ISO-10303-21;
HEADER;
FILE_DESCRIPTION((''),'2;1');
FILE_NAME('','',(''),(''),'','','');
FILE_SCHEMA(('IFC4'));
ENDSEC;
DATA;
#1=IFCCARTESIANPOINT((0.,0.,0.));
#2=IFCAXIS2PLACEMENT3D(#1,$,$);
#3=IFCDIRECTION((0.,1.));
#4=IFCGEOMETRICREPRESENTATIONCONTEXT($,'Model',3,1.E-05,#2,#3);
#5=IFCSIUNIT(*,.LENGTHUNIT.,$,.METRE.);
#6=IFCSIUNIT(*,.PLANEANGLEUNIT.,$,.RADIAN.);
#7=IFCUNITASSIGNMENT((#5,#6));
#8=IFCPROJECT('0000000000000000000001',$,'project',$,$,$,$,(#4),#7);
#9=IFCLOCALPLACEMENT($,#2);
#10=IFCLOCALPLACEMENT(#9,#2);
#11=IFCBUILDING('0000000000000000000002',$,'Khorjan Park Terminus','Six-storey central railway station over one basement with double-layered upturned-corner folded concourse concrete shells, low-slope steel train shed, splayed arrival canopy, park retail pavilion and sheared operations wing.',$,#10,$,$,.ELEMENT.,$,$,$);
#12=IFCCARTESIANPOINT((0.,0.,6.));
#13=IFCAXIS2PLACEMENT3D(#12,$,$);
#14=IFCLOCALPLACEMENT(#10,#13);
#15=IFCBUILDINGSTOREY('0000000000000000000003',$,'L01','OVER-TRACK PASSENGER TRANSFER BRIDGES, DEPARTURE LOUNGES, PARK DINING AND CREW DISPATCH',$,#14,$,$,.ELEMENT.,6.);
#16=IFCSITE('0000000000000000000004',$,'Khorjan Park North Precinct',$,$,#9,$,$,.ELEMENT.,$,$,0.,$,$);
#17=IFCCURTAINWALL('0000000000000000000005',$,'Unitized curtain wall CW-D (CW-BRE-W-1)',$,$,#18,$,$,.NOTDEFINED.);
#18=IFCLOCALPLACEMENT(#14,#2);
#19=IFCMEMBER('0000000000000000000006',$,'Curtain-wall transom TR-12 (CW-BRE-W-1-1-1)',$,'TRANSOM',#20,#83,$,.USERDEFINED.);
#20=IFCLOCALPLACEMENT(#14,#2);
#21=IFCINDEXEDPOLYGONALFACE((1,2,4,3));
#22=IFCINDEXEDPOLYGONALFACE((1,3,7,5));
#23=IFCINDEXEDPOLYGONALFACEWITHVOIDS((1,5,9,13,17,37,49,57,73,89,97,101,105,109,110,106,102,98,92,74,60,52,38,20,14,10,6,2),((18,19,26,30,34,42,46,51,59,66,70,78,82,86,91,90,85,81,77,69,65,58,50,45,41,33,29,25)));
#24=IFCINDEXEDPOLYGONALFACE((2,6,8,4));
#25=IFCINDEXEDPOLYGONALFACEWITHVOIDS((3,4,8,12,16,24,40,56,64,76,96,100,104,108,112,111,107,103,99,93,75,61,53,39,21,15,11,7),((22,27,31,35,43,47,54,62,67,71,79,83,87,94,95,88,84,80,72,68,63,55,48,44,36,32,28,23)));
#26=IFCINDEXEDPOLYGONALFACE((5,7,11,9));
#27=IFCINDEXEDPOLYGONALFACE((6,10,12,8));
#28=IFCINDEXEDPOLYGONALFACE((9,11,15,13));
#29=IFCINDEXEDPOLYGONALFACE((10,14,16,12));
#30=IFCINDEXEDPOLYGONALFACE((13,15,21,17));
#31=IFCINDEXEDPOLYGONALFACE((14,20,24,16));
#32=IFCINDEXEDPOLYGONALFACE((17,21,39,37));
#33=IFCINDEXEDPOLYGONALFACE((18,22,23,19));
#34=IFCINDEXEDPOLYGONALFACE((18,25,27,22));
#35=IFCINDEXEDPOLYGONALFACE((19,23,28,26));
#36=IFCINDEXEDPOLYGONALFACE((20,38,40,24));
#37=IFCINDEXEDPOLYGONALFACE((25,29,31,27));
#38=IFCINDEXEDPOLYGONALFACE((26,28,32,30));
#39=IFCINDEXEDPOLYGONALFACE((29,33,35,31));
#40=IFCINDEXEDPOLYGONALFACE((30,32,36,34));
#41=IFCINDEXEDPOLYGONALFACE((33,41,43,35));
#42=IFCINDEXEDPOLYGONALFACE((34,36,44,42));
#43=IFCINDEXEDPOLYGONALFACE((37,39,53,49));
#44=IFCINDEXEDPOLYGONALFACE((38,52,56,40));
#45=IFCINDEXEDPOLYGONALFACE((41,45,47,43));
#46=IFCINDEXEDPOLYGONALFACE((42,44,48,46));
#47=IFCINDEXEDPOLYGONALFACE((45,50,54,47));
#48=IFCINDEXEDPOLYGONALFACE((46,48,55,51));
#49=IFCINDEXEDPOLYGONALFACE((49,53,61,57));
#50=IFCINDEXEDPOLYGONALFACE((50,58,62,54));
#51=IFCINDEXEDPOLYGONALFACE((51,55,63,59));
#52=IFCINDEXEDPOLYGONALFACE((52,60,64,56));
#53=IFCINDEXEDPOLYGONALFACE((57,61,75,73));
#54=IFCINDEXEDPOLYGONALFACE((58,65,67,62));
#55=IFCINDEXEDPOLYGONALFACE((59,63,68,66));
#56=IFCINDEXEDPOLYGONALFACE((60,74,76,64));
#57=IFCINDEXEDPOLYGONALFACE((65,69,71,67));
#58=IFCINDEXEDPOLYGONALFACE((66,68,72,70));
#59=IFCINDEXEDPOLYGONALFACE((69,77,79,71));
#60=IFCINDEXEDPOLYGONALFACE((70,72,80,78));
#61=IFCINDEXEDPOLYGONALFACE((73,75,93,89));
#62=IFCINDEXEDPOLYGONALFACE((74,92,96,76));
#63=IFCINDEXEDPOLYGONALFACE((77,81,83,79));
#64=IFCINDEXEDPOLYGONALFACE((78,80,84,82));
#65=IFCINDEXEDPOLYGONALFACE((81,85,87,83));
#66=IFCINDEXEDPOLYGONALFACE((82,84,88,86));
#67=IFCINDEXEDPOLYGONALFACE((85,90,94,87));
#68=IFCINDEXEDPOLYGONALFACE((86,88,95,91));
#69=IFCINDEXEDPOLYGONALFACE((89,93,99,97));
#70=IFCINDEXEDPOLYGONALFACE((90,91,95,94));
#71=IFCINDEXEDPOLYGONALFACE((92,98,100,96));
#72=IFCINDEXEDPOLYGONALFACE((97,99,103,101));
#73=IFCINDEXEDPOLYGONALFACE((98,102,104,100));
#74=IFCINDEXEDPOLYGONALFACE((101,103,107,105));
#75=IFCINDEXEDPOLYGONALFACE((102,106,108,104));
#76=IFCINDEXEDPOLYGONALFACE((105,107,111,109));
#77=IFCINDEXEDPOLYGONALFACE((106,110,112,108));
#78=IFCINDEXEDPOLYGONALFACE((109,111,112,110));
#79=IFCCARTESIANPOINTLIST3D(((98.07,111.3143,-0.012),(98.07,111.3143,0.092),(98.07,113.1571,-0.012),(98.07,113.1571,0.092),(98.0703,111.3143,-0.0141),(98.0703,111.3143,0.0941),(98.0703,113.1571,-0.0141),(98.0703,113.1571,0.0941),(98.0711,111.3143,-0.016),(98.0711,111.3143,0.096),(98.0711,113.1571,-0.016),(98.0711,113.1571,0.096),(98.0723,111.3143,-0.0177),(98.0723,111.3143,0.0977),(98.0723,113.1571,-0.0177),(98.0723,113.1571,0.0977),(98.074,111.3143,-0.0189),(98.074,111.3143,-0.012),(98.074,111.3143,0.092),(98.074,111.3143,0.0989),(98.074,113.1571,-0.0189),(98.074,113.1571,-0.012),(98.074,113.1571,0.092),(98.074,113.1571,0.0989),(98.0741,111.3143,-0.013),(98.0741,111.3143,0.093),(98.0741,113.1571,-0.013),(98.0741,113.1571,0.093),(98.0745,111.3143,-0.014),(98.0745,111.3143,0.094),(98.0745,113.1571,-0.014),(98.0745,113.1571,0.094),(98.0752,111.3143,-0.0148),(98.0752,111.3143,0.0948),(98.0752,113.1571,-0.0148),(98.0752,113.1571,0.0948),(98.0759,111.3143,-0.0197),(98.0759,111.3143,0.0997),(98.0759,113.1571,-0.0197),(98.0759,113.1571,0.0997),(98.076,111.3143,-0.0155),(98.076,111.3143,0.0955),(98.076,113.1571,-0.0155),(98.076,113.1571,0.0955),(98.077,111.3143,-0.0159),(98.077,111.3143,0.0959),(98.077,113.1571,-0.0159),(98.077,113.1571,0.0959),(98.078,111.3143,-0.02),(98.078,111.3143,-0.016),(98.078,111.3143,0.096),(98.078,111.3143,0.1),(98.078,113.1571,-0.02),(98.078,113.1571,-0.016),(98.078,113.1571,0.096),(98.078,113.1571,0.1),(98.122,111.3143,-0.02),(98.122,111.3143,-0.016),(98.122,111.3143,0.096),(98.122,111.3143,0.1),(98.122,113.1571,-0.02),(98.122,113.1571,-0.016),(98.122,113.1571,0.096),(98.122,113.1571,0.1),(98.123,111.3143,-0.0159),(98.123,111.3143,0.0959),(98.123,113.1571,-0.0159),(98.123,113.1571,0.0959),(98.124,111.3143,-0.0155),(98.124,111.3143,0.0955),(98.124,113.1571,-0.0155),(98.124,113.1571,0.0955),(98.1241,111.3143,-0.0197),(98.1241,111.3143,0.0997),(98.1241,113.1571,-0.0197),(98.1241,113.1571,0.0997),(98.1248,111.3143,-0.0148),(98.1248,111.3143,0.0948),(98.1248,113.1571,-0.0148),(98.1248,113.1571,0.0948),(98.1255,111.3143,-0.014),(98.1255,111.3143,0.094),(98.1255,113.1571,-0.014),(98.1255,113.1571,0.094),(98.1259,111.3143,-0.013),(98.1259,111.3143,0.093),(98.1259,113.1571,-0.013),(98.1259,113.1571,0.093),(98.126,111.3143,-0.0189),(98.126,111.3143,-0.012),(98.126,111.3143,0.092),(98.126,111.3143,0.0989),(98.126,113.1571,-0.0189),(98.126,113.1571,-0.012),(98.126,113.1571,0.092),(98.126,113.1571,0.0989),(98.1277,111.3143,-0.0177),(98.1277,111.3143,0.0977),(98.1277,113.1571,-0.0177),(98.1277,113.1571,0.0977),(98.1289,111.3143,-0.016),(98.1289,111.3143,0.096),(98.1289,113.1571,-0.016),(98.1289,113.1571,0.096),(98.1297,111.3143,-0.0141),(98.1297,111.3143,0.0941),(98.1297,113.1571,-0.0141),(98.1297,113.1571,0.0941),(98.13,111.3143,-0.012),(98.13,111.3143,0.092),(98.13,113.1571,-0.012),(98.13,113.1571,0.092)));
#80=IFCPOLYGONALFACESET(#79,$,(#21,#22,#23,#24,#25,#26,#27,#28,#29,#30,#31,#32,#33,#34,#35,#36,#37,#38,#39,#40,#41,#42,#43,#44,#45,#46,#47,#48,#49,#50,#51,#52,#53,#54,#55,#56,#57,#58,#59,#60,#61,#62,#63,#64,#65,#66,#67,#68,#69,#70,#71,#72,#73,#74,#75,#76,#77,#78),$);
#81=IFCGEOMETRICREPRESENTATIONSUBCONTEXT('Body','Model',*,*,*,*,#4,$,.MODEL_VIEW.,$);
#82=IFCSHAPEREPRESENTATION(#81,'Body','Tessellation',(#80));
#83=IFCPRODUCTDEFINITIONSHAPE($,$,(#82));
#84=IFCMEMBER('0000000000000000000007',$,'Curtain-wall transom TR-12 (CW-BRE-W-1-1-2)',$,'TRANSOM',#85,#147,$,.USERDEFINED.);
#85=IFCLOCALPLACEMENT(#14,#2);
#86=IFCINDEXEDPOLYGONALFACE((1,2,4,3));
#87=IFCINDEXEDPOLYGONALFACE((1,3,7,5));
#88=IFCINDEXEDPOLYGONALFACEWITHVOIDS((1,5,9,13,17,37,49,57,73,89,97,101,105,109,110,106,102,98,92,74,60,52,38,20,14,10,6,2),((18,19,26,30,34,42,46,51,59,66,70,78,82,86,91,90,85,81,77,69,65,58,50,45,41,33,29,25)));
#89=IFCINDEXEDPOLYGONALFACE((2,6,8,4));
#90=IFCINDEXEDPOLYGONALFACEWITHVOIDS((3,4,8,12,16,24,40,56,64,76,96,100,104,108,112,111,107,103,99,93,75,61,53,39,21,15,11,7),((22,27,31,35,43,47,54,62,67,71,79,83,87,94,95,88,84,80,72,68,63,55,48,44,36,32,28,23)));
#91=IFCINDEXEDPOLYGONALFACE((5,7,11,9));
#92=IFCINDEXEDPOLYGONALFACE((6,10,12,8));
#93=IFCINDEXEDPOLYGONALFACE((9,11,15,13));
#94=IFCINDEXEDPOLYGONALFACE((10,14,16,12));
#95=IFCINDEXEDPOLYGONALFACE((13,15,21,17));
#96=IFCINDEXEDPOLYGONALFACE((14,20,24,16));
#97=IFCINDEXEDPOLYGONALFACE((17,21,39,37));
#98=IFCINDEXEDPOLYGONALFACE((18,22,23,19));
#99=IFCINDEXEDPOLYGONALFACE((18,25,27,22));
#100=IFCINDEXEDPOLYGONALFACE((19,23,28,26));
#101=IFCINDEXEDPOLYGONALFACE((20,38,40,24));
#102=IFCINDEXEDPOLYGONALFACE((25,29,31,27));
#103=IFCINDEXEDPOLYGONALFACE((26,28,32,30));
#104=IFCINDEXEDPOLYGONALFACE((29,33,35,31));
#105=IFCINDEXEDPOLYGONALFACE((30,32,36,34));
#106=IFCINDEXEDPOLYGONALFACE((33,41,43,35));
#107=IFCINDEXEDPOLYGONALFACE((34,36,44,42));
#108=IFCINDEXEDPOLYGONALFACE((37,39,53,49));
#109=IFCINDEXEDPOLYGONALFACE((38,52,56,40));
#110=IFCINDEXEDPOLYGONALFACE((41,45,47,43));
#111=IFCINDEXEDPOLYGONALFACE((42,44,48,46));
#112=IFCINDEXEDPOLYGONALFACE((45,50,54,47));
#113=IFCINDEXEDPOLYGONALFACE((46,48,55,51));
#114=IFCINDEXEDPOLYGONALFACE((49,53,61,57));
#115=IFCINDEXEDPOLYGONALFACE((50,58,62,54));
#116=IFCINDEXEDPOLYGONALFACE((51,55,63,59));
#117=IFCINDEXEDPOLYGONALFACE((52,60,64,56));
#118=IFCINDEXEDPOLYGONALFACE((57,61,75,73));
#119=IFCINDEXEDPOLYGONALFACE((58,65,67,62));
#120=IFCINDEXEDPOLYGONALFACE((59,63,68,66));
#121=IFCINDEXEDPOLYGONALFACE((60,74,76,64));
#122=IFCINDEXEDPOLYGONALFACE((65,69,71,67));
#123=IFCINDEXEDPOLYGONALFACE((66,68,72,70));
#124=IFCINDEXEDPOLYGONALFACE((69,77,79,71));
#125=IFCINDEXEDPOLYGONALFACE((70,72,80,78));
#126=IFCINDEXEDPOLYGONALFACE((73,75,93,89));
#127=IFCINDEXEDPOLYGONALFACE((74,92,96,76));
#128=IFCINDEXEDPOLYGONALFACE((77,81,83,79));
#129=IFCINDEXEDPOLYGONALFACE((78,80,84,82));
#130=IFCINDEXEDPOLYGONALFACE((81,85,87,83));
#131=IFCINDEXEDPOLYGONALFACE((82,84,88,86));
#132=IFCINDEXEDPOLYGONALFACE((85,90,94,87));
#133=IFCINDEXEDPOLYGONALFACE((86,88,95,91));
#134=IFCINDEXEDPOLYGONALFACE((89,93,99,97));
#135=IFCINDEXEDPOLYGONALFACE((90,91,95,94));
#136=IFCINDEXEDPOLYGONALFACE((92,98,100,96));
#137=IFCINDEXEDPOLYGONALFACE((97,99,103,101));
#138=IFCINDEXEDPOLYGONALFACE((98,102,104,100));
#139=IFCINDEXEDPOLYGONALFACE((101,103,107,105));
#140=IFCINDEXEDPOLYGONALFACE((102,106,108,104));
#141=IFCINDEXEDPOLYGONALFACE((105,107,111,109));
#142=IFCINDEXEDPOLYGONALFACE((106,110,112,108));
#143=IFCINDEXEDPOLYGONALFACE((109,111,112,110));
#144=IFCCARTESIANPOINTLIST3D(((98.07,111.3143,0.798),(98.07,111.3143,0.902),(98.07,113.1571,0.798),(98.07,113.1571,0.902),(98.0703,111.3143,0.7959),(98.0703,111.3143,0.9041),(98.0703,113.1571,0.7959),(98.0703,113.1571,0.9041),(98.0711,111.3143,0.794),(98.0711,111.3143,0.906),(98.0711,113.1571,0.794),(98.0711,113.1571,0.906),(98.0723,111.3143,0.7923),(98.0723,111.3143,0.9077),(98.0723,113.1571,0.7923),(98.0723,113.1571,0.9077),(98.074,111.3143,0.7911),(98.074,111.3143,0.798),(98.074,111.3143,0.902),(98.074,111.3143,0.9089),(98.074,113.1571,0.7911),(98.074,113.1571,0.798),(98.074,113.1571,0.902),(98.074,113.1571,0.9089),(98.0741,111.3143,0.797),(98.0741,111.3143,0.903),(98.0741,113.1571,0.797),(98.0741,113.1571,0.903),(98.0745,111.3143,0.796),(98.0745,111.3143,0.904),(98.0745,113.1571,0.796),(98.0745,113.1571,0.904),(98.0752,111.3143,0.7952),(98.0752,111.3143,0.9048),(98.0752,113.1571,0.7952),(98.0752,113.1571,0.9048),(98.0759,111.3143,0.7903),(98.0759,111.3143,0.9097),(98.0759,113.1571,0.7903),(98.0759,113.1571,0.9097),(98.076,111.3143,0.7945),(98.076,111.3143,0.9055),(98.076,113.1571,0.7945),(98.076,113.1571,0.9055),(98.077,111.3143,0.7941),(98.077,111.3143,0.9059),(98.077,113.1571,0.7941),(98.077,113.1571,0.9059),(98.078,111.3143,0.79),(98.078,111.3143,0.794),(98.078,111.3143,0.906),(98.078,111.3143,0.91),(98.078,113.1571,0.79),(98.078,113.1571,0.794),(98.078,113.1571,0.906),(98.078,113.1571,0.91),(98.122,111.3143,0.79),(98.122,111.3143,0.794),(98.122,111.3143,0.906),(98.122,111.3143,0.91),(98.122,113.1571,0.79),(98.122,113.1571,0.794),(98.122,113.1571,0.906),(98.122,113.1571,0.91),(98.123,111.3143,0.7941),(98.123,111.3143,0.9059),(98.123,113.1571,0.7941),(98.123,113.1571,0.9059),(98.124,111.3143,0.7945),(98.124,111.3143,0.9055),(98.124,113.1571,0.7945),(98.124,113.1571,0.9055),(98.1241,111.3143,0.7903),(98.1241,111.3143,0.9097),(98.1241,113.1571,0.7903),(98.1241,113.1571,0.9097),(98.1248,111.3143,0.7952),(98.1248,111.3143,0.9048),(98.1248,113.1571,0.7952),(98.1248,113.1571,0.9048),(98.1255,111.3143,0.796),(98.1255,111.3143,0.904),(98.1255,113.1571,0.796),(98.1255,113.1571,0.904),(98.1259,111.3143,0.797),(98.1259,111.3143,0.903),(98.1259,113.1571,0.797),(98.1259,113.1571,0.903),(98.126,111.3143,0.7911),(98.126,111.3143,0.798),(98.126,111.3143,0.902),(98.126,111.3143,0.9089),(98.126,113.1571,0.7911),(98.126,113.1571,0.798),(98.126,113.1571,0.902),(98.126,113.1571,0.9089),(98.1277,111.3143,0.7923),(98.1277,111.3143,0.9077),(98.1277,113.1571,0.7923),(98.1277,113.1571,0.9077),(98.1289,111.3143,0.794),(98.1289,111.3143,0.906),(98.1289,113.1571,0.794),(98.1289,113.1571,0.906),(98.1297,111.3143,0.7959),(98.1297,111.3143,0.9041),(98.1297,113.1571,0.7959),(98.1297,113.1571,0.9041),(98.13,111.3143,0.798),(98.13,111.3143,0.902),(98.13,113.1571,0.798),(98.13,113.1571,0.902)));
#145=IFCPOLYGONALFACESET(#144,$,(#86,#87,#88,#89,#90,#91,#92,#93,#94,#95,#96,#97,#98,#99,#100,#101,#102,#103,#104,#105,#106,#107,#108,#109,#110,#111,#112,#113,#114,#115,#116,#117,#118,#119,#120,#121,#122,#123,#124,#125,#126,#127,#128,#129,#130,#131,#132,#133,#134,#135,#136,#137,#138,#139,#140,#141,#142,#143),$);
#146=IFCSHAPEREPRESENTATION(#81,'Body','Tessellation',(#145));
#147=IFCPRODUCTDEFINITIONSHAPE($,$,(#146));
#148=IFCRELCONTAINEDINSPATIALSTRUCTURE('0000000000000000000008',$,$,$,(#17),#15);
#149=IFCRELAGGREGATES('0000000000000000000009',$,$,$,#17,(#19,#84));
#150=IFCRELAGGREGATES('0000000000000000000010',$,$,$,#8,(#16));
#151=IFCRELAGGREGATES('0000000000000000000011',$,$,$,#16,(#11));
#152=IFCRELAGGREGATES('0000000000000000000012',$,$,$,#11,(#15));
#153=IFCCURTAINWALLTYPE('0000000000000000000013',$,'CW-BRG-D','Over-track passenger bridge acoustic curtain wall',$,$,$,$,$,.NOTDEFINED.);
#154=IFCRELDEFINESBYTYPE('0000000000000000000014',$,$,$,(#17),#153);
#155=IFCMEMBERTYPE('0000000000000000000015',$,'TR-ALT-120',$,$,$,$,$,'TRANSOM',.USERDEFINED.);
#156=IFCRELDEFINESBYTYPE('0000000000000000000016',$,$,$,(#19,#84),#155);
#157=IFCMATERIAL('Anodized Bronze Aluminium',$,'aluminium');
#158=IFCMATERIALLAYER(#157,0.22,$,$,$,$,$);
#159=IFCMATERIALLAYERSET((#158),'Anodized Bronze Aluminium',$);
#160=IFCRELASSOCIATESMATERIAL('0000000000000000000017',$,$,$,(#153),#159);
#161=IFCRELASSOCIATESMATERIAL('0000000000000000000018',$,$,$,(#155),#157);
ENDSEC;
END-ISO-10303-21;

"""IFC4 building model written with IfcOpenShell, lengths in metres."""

from ifc_helpers import new_model, si_unit, direction, frame, origin, origin_2d, place, context, subcontext, project, spatial, hollow_rectangle, extrude, material, layer, layer_set, material_profile, profile_set, type_object, element, aggregate, save


model = new_model("IFC4")

# Units and contexts
model_context = context("Model", 3, precision=1e-05, world=origin(), true_north=direction((0.0, 1.0)))
body_context = subcontext(model_context, "Body", "Model", "MODEL_VIEW")
ifc_project = project(units=[si_unit("LENGTHUNIT", "METRE"), si_unit("PLANEANGLEUNIT", "RADIAN")], contexts=[model_context])

# Site, building, storey
site_placement = place(None, origin())
site = spatial("IfcSite", under=ifc_project, at=site_placement, Name="Khorjan Park North Precinct", CompositionType="ELEMENT", RefElevation=0.0)
building_placement = place(site_placement, origin())
building = spatial("IfcBuilding", under=site, at=building_placement, Name="Khorjan Park Terminus", Description="Six-storey central railway station over one basement with double-layered upturned-corner folded concourse concrete shells, low-slope steel train shed, splayed arrival canopy, park retail pavilion and sheared operations wing.", CompositionType="ELEMENT")
storey_placement = place(building_placement, frame((0.0, 0.0, 6.0)))
storey = spatial("IfcBuildingStorey", under=building, at=storey_placement, Name="L01", Description="OVER-TRACK PASSENGER TRANSFER BRIDGES, DEPARTURE LOUNGES, PARK DINING AND CREW DISPATCH", CompositionType="ELEMENT", Elevation=6.0)

# Shared definitions
ifc_material_1 = material(Name="Anodized Bronze Aluminium", Category="aluminium")
ifc_layer_1 = layer(ifc_material_1, 0.22)
ifc_layer_set_1 = layer_set([ifc_layer_1], Name="Anodized Bronze Aluminium")
curtain_wall_type = type_object("IfcCurtainWallType", Name="CW-BRG-D", Description="Over-track passenger bridge acoustic curtain wall", PredefinedType="NOTDEFINED", material=ifc_layer_set_1)

# Curtain wall
curtain_wall_1_placement = place(storey_placement, origin())
curtain_wall_1 = element("IfcCurtainWall", 1, at=curtain_wall_1_placement, inside=storey, type_object=curtain_wall_type, Name="Unitized curtain wall CW-D (CW-BRE-W-1)", PredefinedType="NOTDEFINED")

# Members
ifc_material_profile_1 = material_profile(ifc_material_1, hollow_rectangle(XDim=0.06, YDim=0.12, WallThickness=0.004, InnerFilletRadius=0.004, OuterFilletRadius=0.008, at=origin_2d()), Name="ALT 60x120x4")
ifc_profile_set_1 = profile_set([ifc_material_profile_1], Name="Anodized Bronze Aluminium")
member_type_1 = type_object("IfcMemberType", Name="TR-ALT-120", ElementType="TRANSOM", PredefinedType="USERDEFINED", material=ifc_profile_set_1)
member_1_placement = place(storey_placement, frame((98.1, 113.1571, 0.04), z_axis=(0.0, -1.0, 0.0), x_axis=(1.0, 0.0, 0.0)))
member_1 = element("IfcMember", 2, at=member_1_placement, type_object=member_type_1, Name="Curtain-wall transom TR-12 (CW-BRE-W-1-1-1)", ObjectType="TRANSOM", PredefinedType="USERDEFINED", context=body_context, shape_type="SweptSolid", body=[
    extrude(hollow_rectangle(XDim=0.06, YDim=0.12, WallThickness=0.004, InnerFilletRadius=0.004, OuterFilletRadius=0.008, at=origin_2d()), origin(), (0.0, 0.0, 1.0), 1.8428),
])
member_2_placement = place(storey_placement, frame((98.1, 113.1571, 0.85), z_axis=(0.0, -1.0, 0.0), x_axis=(1.0, 0.0, 0.0)))
member_2 = element("IfcMember", 3, at=member_2_placement, type_object=member_type_1, Name="Curtain-wall transom TR-12 (CW-BRE-W-1-1-2)", ObjectType="TRANSOM", PredefinedType="USERDEFINED", context=body_context, shape_type="SweptSolid", body=[
    extrude(hollow_rectangle(XDim=0.06, YDim=0.12, WallThickness=0.004, InnerFilletRadius=0.004, OuterFilletRadius=0.008, at=origin_2d()), origin(), (0.0, 0.0, 1.0), 1.8428),
])

aggregate(curtain_wall_1, [member_1, member_2])

save(model, "model.ifc")
